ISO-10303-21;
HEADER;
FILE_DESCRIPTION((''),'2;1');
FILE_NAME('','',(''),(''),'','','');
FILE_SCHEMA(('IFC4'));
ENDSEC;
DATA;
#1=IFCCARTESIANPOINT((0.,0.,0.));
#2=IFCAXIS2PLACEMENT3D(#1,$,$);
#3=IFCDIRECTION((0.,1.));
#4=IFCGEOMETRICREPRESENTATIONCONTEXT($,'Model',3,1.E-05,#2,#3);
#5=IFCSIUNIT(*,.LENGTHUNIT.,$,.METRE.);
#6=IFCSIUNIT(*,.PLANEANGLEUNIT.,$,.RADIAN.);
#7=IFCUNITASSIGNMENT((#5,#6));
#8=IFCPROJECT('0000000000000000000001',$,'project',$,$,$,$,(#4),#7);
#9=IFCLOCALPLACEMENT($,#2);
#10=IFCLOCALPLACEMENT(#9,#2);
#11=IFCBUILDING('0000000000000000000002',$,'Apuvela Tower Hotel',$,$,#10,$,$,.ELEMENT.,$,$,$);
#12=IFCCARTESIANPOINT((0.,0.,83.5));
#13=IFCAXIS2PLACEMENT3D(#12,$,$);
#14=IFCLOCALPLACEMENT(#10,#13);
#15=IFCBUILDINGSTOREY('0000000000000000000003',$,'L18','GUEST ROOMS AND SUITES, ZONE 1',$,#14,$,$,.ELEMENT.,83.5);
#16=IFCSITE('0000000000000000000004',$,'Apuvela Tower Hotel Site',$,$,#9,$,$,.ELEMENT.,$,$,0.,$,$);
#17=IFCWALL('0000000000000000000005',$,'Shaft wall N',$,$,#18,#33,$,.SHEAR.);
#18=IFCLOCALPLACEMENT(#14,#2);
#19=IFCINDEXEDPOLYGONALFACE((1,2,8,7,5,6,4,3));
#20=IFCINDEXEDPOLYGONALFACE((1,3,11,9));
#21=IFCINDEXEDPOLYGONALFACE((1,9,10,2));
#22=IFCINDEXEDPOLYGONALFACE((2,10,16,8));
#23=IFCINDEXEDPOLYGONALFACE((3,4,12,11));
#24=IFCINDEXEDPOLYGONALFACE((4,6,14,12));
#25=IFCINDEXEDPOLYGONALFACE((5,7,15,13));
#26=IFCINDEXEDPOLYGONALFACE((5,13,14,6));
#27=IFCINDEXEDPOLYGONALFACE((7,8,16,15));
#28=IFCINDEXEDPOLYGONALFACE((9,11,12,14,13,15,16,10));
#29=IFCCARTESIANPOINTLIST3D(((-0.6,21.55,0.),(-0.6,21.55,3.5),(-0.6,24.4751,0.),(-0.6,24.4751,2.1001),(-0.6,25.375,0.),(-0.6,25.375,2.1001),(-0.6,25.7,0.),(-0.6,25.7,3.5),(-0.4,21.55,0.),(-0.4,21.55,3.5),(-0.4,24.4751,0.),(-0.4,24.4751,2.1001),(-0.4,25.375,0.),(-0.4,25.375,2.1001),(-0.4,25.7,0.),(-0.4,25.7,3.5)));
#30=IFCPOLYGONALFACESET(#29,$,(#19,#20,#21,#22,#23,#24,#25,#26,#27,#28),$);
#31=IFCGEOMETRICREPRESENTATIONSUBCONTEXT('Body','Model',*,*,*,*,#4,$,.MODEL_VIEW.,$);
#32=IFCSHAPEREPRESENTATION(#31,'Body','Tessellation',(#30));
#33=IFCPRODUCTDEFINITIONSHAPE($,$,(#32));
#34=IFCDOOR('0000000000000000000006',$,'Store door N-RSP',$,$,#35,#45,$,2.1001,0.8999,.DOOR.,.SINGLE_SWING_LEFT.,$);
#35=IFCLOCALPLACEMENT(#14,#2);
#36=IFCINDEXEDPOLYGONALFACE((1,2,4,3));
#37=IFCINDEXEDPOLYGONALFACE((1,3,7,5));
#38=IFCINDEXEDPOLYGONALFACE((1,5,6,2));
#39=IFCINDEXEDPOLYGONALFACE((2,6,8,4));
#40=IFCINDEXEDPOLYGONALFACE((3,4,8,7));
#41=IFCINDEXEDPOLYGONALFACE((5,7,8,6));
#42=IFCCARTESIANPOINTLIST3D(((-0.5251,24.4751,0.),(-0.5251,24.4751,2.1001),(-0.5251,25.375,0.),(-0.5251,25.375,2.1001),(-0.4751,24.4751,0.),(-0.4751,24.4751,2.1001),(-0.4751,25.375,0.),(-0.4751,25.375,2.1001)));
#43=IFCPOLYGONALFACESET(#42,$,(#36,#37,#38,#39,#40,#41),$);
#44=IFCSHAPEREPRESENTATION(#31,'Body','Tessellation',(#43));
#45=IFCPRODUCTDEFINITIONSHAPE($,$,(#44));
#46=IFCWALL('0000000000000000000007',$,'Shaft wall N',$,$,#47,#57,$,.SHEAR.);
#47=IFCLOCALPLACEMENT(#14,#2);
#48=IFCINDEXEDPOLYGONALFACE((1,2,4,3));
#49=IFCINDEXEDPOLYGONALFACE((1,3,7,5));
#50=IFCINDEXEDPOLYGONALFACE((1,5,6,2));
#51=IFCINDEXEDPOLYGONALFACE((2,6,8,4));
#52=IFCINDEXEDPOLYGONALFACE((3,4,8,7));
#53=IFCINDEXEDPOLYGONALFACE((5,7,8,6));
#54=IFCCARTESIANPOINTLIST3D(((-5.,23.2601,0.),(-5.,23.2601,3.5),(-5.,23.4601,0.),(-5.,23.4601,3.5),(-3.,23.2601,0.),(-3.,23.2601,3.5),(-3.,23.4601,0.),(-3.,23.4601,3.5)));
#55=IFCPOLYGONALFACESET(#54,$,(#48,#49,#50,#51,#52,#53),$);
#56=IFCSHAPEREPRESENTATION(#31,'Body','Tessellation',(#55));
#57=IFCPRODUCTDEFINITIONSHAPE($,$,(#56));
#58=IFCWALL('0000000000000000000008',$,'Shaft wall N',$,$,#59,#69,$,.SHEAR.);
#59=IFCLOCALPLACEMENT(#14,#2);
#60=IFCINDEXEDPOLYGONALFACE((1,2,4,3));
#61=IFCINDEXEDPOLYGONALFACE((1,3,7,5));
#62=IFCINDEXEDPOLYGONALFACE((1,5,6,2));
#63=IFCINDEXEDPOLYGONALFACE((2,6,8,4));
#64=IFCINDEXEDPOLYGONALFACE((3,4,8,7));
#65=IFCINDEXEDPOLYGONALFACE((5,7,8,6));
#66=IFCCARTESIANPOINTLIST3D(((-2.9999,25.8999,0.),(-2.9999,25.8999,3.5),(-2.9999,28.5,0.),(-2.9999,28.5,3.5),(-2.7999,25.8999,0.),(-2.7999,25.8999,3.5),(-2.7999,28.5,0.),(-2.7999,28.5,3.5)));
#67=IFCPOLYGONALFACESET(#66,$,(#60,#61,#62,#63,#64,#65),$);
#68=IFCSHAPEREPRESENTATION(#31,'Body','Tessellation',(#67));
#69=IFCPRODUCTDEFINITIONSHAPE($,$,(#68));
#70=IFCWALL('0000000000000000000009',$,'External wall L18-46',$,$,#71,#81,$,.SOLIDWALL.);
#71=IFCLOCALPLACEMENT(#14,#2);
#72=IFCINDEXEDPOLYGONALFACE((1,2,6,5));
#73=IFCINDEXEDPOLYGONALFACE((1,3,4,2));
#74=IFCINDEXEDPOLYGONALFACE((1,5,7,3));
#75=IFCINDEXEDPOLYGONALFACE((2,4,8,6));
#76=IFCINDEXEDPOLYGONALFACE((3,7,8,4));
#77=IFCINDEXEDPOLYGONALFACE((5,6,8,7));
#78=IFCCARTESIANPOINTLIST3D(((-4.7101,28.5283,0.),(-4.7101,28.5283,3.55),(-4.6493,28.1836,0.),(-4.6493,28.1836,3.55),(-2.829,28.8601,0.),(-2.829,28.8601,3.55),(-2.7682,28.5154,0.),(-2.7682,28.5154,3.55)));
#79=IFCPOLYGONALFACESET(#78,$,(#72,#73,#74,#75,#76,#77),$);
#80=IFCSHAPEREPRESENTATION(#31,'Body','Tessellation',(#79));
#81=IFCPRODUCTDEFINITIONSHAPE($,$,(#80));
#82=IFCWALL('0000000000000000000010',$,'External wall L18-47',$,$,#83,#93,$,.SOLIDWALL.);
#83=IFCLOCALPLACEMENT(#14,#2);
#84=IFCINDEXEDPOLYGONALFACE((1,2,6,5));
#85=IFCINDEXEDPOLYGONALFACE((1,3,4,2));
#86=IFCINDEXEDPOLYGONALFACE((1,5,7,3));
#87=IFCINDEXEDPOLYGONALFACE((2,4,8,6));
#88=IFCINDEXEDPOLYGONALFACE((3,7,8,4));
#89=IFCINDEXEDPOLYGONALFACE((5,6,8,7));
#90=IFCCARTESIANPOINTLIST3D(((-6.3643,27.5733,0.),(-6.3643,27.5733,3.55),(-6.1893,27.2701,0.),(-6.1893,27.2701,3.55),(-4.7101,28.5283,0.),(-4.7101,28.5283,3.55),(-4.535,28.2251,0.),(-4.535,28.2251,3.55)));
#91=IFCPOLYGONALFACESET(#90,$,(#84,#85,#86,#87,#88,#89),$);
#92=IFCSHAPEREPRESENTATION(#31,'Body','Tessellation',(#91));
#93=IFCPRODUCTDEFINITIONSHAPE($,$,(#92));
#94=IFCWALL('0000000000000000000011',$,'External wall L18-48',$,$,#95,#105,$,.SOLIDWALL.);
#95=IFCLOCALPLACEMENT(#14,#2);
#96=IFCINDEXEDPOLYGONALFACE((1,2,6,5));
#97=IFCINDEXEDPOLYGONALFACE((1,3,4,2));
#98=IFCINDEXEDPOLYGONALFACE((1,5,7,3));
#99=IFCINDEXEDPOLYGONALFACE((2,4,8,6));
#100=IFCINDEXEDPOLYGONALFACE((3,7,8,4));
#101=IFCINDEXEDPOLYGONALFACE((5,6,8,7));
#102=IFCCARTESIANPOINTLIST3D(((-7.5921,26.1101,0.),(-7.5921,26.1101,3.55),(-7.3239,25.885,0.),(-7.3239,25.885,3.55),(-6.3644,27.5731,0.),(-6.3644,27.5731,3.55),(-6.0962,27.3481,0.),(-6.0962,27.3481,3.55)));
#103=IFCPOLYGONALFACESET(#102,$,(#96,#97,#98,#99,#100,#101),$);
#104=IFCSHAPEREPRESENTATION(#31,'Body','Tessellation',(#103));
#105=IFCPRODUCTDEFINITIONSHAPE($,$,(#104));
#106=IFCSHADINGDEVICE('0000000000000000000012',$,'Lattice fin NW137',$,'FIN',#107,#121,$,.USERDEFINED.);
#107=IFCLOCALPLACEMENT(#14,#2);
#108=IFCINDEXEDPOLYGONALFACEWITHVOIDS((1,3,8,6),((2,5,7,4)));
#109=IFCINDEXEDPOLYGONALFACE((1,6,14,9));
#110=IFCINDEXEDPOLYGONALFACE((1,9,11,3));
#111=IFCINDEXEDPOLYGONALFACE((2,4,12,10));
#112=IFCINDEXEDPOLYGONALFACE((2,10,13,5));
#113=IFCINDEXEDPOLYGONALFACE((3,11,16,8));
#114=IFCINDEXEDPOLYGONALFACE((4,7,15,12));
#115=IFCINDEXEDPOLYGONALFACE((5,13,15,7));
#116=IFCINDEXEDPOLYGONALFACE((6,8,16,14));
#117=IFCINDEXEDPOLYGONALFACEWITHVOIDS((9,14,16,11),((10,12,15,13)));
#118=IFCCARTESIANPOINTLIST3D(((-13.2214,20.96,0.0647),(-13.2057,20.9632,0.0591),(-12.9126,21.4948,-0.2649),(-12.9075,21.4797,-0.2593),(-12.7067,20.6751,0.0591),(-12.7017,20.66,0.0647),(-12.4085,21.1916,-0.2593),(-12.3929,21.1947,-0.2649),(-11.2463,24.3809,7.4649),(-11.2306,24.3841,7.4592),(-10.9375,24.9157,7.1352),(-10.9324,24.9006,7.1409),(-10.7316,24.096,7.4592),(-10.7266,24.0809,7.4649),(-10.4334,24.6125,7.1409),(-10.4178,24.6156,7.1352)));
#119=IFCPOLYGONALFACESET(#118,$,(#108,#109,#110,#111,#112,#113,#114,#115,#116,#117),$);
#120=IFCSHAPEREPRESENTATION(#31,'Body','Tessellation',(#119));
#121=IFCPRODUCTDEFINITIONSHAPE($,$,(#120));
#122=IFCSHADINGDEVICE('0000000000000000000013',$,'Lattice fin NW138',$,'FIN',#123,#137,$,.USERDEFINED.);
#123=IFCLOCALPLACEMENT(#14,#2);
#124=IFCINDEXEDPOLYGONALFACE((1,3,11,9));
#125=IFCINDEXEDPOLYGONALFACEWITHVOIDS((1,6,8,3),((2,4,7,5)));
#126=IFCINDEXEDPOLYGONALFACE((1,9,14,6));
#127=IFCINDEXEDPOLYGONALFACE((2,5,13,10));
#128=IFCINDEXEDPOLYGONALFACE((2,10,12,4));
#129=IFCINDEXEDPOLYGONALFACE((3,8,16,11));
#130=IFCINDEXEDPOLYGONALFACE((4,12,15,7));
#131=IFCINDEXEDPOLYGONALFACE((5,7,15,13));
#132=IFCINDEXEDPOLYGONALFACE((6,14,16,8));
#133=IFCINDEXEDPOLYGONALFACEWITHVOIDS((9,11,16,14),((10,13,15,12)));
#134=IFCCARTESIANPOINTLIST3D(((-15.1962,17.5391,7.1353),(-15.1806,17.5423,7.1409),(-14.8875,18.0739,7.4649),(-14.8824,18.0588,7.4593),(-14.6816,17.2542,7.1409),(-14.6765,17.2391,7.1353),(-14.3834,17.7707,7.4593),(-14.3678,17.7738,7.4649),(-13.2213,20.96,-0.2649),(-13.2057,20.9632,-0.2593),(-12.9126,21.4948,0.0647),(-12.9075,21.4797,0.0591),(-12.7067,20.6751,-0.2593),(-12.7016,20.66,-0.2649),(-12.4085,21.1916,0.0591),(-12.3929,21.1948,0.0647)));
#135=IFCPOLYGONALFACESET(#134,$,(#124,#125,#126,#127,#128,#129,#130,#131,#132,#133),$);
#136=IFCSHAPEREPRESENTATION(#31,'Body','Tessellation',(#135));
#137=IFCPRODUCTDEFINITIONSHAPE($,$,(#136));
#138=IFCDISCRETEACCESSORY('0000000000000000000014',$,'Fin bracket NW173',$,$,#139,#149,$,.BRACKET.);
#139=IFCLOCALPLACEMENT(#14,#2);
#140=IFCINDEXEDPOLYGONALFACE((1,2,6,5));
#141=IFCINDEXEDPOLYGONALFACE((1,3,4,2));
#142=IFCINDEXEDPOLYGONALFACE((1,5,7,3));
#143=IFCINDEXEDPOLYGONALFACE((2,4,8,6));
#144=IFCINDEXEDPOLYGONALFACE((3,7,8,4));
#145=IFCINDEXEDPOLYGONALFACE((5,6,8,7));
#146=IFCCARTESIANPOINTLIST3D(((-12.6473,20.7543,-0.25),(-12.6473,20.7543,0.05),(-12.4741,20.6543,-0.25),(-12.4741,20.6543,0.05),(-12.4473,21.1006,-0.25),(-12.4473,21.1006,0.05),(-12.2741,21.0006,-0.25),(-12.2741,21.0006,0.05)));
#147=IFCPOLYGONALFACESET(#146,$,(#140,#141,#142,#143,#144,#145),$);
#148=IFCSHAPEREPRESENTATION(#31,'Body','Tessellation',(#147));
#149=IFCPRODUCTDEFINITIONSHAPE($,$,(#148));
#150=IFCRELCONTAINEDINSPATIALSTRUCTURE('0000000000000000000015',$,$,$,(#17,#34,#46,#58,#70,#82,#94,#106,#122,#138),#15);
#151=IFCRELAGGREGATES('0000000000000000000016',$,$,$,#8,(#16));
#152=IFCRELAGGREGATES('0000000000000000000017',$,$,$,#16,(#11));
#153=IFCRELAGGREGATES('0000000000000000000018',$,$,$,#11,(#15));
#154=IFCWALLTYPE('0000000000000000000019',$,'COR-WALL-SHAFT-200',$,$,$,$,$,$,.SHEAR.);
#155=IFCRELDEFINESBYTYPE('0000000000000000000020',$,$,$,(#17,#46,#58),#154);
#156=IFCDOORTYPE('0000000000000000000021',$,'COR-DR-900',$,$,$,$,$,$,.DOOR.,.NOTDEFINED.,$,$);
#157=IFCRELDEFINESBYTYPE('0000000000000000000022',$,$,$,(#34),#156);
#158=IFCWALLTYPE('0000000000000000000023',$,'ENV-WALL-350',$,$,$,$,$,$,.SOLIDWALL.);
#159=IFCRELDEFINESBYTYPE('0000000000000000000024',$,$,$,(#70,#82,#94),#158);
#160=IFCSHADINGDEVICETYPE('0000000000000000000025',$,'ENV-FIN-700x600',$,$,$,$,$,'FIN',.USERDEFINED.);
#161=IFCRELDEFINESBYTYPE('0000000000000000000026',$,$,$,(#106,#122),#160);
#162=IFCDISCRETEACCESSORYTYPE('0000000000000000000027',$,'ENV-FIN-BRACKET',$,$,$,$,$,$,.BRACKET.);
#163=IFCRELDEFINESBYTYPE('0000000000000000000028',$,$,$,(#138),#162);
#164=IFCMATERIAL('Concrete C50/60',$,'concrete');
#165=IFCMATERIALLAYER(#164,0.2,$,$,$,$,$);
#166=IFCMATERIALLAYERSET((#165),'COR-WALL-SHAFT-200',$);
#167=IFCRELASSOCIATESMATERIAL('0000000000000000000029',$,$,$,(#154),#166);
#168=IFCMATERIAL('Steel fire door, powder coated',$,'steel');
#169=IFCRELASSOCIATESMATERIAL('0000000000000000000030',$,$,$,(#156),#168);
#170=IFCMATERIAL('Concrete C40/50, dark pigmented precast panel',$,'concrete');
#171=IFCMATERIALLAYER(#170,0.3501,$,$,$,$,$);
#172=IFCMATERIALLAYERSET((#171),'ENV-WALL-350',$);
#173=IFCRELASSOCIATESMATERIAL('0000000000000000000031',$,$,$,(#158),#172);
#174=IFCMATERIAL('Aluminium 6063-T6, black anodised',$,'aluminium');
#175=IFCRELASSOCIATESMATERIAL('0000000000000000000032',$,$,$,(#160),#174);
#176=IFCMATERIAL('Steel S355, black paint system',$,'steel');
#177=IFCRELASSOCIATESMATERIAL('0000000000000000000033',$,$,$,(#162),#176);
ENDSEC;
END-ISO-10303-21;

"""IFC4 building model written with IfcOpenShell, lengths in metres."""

from ifc_helpers import new_model, si_unit, direction, frame, frame_2d, origin, origin_2d, place, context, subcontext, project, spatial, rectangle, hollow_rectangle, extrude, material, layer, layer_set, material_profile, profile_set, type_object, element, fill, save


model = new_model("IFC4")

# Units and contexts
model_context = context("Model", 3, precision=1e-05, world=origin(), true_north=direction((0.0, 1.0)))
body_context = subcontext(model_context, "Body", "Model", "MODEL_VIEW")
ifc_project = project(units=[si_unit("LENGTHUNIT", "METRE"), si_unit("PLANEANGLEUNIT", "RADIAN")], contexts=[model_context])

# Site, building, storey
site_placement = place(None, origin())
site = spatial("IfcSite", under=ifc_project, at=site_placement, Name="Apuvela Tower Hotel Site", CompositionType="ELEMENT", RefElevation=0.0)
building_placement = place(site_placement, origin())
building = spatial("IfcBuilding", under=site, at=building_placement, Name="Apuvela Tower Hotel", CompositionType="ELEMENT")
storey_placement = place(building_placement, frame((0.0, 0.0, 83.5)))
storey = spatial("IfcBuildingStorey", under=building, at=storey_placement, Name="L18", Description="GUEST ROOMS AND SUITES, ZONE 1", CompositionType="ELEMENT", Elevation=83.5)

# Shared definitions
ifc_material_1 = material(Name="Concrete C50/60", Category="concrete")
ifc_layer_1 = layer(ifc_material_1, 0.2)
ifc_layer_set_1 = layer_set([ifc_layer_1], Name="COR-WALL-SHAFT-200")
wall_type_1 = type_object("IfcWallType", Name="COR-WALL-SHAFT-200", PredefinedType="SHEAR", material=ifc_layer_set_1)

# Wall, opening, door
wall_1_placement = place(storey_placement, frame((-0.5, 21.55, 0.0), z_axis=(0.0, 0.0, 1.0), x_axis=(0.0, 1.0, 0.0)))
wall_1 = element("IfcWall", 1, at=wall_1_placement, inside=storey, type_object=wall_type_1, Name="Shaft wall N", PredefinedType="SHEAR", context=body_context, shape_type="SweptSolid", body=[
    extrude(rectangle(XDim=4.1499, YDim=0.2, at=frame_2d((2.075, 0.0))), origin(), (0.0, 0.0, 1.0), 3.5),
])
opening_1_placement = place(wall_1_placement, frame((2.925, 0.0, 0.0)))
opening_1 = element("IfcOpeningElement", 2, at=opening_1_placement, cuts=wall_1, PredefinedType="OPENING", context=body_context, shape_type="SweptSolid", body=[
    extrude(rectangle(XDim=0.8999, YDim=2.1001, at=frame_2d((0.45, 1.05))), frame((0.0, 0.1099, 0.0), z_axis=(0.0, -1.0, 0.0), x_axis=(1.0, 0.0, 0.0)), (0.0, 0.0, 1.0), 0.22),
])
ifc_material_2 = material(Name="Steel fire door, powder coated", Category="steel")
door_type_1 = type_object("IfcDoorType", Name="COR-DR-900", OperationType="NOTDEFINED", PredefinedType="DOOR", material=ifc_material_2)
door_1_placement = place(opening_1_placement, frame((0.8999, 0.0, 0.0), z_axis=(0.0, 0.0, 1.0), x_axis=(-1.0, 0.0, 0.0)))
door_1 = element("IfcDoor", 3, at=door_1_placement, inside=storey, type_object=door_type_1, Name="Store door N-RSP", OperationType="SINGLE_SWING_LEFT", OverallHeight=2.1001, OverallWidth=0.8999, PredefinedType="DOOR", context=body_context, shape_type="SweptSolid", body=[
    extrude(rectangle(XDim=0.8999, YDim=2.1001, at=frame_2d((0.45, 1.05))), frame((0.0, 0.0249, 0.0), z_axis=(0.0, -1.0, 0.0), x_axis=(1.0, 0.0, 0.0)), (0.0, 0.0, 1.0), 0.05),
])
fill(opening_1, door_1)

# Walls
wall_2_placement = place(storey_placement, frame((-3.0, 23.3601, 0.0), z_axis=(0.0, 0.0, 1.0), x_axis=(-1.0, 0.0, 0.0)))
element("IfcWall", 4, at=wall_2_placement, inside=storey, type_object=wall_type_1, Name="Shaft wall N", PredefinedType="SHEAR", context=body_context, shape_type="SweptSolid", body=[
    extrude(rectangle(XDim=2.0, YDim=0.2, at=frame_2d((1.0, 0.0))), origin(), (0.0, 0.0, 1.0), 3.5),
])
wall_3_placement = place(storey_placement, frame((-2.8999, 25.8999, 0.0), z_axis=(0.0, 0.0, 1.0), x_axis=(0.0, 1.0, 0.0)))
element("IfcWall", 5, at=wall_3_placement, inside=storey, type_object=wall_type_1, Name="Shaft wall N", PredefinedType="SHEAR", context=body_context, shape_type="SweptSolid", body=[
    extrude(rectangle(XDim=2.6001, YDim=0.2, at=frame_2d((1.3, 0.0))), origin(), (0.0, 0.0, 1.0), 3.5),
])

# Shared definitions
ifc_material_3 = material(Name="Concrete C40/50, dark pigmented precast panel", Category="concrete")
ifc_layer_2 = layer(ifc_material_3, 0.3501)
ifc_layer_set_2 = layer_set([ifc_layer_2], Name="ENV-WALL-350")
wall_type_2 = type_object("IfcWallType", Name="ENV-WALL-350", PredefinedType="SOLIDWALL", material=ifc_layer_set_2)

# Walls
for number, where, z_axis, x_axis, name in (
    (6, (-2.7986, 28.6877, 0.0), (0.0, 0.0, 1.0), (-0.984799, -0.173698, 0.0), "External wall L18-46"),
    (7, (-4.6226, 28.3767, 0.0), (0.0, 0.0, 1.0), (-0.866032, -0.499988, 0.0), "External wall L18-47"),
):
    element("IfcWall", number, at=place(storey_placement, frame(where, z_axis=z_axis, x_axis=x_axis)), inside=storey, type_object=wall_type_2, Name=name, PredefinedType="SOLIDWALL", context=body_context, shape_type="SweptSolid", body=[
        extrude(rectangle(XDim=1.9102, YDim=0.3501, at=frame_2d((0.9551, 0.0))), origin(), (0.0, 0.0, 1.0), 3.55),
    ])
wall_4_placement = place(storey_placement, frame((-6.2302, 27.4607, 0.0), z_axis=(0.0, 0.0, 1.0), x_axis=(-0.642808, -0.766027, 0.0)))
element("IfcWall", 8, at=wall_4_placement, inside=storey, type_object=wall_type_2, Name="External wall L18-48", PredefinedType="SOLIDWALL", context=body_context, shape_type="SweptSolid", body=[
    extrude(rectangle(XDim=1.9099, YDim=0.3501, at=frame_2d((0.9551, 0.0))), origin(), (0.0, 0.0, 1.0), 3.55),
])

# Shading devices
ifc_material_4 = material(Name="Aluminium 6063-T6, black anodised", Category="aluminium")
ifc_material_profile_1 = material_profile(ifc_material_4, hollow_rectangle(XDim=0.6001, YDim=0.7, WallThickness=0.012, at=origin_2d()), Name="AL BOX 700x600x12")
ifc_profile_set_1 = profile_set([ifc_material_profile_1], Name="Aluminium 6063-T6, black anodised")
shading_device_type = type_object("IfcShadingDeviceType", Name="ENV-FIN-700x600", ElementType="FIN", PredefinedType="USERDEFINED", material=ifc_profile_set_1)
for number, where, z_axis, x_axis, name in (
    (9, (-12.8071, 21.0774, -0.1001), (0.235455, 0.407812, 0.882185), (-0.866021, 0.500008, 0.0), "Lattice fin NW137"),
    (10, (-12.8071, 21.0774, -0.1001), (-0.235428, -0.407814, 0.882191), (0.866048, -0.499961, 0.0), "Lattice fin NW138"),
):
    element("IfcShadingDevice", number, at=place(storey_placement, frame(where, z_axis=z_axis, x_axis=x_axis)), inside=storey, type_object=shading_device_type, Name=name, ObjectType="FIN", PredefinedType="USERDEFINED", context=body_context, shape_type="SweptSolid", body=[
        extrude(hollow_rectangle(XDim=0.6001, YDim=0.7, WallThickness=0.012, at=origin_2d()), origin(), (0.0, 0.0, 1.0), 8.3884),
    ])

# Discrete accessory
ifc_material_5 = material(Name="Steel S355, black paint system", Category="steel")
discrete_accessory_type = type_object("IfcDiscreteAccessoryType", Name="ENV-FIN-BRACKET", PredefinedType="BRACKET", material=ifc_material_5)
discrete_accessory_placement = place(storey_placement, frame((-12.4607, 20.8774, -0.25), z_axis=(0.0, 0.0, 1.0), x_axis=(-0.5, -0.866025, 0.0)))
element("IfcDiscreteAccessory", 11, at=discrete_accessory_placement, inside=storey, type_object=discrete_accessory_type, Name="Fin bracket NW173", PredefinedType="BRACKET", context=body_context, shape_type="SweptSolid", body=[
    extrude(rectangle(XDim=0.3999, YDim=0.2, at=origin_2d()), origin(), (0.0, 0.0, 1.0), 0.3),
])

save(model, "model.ifc")
